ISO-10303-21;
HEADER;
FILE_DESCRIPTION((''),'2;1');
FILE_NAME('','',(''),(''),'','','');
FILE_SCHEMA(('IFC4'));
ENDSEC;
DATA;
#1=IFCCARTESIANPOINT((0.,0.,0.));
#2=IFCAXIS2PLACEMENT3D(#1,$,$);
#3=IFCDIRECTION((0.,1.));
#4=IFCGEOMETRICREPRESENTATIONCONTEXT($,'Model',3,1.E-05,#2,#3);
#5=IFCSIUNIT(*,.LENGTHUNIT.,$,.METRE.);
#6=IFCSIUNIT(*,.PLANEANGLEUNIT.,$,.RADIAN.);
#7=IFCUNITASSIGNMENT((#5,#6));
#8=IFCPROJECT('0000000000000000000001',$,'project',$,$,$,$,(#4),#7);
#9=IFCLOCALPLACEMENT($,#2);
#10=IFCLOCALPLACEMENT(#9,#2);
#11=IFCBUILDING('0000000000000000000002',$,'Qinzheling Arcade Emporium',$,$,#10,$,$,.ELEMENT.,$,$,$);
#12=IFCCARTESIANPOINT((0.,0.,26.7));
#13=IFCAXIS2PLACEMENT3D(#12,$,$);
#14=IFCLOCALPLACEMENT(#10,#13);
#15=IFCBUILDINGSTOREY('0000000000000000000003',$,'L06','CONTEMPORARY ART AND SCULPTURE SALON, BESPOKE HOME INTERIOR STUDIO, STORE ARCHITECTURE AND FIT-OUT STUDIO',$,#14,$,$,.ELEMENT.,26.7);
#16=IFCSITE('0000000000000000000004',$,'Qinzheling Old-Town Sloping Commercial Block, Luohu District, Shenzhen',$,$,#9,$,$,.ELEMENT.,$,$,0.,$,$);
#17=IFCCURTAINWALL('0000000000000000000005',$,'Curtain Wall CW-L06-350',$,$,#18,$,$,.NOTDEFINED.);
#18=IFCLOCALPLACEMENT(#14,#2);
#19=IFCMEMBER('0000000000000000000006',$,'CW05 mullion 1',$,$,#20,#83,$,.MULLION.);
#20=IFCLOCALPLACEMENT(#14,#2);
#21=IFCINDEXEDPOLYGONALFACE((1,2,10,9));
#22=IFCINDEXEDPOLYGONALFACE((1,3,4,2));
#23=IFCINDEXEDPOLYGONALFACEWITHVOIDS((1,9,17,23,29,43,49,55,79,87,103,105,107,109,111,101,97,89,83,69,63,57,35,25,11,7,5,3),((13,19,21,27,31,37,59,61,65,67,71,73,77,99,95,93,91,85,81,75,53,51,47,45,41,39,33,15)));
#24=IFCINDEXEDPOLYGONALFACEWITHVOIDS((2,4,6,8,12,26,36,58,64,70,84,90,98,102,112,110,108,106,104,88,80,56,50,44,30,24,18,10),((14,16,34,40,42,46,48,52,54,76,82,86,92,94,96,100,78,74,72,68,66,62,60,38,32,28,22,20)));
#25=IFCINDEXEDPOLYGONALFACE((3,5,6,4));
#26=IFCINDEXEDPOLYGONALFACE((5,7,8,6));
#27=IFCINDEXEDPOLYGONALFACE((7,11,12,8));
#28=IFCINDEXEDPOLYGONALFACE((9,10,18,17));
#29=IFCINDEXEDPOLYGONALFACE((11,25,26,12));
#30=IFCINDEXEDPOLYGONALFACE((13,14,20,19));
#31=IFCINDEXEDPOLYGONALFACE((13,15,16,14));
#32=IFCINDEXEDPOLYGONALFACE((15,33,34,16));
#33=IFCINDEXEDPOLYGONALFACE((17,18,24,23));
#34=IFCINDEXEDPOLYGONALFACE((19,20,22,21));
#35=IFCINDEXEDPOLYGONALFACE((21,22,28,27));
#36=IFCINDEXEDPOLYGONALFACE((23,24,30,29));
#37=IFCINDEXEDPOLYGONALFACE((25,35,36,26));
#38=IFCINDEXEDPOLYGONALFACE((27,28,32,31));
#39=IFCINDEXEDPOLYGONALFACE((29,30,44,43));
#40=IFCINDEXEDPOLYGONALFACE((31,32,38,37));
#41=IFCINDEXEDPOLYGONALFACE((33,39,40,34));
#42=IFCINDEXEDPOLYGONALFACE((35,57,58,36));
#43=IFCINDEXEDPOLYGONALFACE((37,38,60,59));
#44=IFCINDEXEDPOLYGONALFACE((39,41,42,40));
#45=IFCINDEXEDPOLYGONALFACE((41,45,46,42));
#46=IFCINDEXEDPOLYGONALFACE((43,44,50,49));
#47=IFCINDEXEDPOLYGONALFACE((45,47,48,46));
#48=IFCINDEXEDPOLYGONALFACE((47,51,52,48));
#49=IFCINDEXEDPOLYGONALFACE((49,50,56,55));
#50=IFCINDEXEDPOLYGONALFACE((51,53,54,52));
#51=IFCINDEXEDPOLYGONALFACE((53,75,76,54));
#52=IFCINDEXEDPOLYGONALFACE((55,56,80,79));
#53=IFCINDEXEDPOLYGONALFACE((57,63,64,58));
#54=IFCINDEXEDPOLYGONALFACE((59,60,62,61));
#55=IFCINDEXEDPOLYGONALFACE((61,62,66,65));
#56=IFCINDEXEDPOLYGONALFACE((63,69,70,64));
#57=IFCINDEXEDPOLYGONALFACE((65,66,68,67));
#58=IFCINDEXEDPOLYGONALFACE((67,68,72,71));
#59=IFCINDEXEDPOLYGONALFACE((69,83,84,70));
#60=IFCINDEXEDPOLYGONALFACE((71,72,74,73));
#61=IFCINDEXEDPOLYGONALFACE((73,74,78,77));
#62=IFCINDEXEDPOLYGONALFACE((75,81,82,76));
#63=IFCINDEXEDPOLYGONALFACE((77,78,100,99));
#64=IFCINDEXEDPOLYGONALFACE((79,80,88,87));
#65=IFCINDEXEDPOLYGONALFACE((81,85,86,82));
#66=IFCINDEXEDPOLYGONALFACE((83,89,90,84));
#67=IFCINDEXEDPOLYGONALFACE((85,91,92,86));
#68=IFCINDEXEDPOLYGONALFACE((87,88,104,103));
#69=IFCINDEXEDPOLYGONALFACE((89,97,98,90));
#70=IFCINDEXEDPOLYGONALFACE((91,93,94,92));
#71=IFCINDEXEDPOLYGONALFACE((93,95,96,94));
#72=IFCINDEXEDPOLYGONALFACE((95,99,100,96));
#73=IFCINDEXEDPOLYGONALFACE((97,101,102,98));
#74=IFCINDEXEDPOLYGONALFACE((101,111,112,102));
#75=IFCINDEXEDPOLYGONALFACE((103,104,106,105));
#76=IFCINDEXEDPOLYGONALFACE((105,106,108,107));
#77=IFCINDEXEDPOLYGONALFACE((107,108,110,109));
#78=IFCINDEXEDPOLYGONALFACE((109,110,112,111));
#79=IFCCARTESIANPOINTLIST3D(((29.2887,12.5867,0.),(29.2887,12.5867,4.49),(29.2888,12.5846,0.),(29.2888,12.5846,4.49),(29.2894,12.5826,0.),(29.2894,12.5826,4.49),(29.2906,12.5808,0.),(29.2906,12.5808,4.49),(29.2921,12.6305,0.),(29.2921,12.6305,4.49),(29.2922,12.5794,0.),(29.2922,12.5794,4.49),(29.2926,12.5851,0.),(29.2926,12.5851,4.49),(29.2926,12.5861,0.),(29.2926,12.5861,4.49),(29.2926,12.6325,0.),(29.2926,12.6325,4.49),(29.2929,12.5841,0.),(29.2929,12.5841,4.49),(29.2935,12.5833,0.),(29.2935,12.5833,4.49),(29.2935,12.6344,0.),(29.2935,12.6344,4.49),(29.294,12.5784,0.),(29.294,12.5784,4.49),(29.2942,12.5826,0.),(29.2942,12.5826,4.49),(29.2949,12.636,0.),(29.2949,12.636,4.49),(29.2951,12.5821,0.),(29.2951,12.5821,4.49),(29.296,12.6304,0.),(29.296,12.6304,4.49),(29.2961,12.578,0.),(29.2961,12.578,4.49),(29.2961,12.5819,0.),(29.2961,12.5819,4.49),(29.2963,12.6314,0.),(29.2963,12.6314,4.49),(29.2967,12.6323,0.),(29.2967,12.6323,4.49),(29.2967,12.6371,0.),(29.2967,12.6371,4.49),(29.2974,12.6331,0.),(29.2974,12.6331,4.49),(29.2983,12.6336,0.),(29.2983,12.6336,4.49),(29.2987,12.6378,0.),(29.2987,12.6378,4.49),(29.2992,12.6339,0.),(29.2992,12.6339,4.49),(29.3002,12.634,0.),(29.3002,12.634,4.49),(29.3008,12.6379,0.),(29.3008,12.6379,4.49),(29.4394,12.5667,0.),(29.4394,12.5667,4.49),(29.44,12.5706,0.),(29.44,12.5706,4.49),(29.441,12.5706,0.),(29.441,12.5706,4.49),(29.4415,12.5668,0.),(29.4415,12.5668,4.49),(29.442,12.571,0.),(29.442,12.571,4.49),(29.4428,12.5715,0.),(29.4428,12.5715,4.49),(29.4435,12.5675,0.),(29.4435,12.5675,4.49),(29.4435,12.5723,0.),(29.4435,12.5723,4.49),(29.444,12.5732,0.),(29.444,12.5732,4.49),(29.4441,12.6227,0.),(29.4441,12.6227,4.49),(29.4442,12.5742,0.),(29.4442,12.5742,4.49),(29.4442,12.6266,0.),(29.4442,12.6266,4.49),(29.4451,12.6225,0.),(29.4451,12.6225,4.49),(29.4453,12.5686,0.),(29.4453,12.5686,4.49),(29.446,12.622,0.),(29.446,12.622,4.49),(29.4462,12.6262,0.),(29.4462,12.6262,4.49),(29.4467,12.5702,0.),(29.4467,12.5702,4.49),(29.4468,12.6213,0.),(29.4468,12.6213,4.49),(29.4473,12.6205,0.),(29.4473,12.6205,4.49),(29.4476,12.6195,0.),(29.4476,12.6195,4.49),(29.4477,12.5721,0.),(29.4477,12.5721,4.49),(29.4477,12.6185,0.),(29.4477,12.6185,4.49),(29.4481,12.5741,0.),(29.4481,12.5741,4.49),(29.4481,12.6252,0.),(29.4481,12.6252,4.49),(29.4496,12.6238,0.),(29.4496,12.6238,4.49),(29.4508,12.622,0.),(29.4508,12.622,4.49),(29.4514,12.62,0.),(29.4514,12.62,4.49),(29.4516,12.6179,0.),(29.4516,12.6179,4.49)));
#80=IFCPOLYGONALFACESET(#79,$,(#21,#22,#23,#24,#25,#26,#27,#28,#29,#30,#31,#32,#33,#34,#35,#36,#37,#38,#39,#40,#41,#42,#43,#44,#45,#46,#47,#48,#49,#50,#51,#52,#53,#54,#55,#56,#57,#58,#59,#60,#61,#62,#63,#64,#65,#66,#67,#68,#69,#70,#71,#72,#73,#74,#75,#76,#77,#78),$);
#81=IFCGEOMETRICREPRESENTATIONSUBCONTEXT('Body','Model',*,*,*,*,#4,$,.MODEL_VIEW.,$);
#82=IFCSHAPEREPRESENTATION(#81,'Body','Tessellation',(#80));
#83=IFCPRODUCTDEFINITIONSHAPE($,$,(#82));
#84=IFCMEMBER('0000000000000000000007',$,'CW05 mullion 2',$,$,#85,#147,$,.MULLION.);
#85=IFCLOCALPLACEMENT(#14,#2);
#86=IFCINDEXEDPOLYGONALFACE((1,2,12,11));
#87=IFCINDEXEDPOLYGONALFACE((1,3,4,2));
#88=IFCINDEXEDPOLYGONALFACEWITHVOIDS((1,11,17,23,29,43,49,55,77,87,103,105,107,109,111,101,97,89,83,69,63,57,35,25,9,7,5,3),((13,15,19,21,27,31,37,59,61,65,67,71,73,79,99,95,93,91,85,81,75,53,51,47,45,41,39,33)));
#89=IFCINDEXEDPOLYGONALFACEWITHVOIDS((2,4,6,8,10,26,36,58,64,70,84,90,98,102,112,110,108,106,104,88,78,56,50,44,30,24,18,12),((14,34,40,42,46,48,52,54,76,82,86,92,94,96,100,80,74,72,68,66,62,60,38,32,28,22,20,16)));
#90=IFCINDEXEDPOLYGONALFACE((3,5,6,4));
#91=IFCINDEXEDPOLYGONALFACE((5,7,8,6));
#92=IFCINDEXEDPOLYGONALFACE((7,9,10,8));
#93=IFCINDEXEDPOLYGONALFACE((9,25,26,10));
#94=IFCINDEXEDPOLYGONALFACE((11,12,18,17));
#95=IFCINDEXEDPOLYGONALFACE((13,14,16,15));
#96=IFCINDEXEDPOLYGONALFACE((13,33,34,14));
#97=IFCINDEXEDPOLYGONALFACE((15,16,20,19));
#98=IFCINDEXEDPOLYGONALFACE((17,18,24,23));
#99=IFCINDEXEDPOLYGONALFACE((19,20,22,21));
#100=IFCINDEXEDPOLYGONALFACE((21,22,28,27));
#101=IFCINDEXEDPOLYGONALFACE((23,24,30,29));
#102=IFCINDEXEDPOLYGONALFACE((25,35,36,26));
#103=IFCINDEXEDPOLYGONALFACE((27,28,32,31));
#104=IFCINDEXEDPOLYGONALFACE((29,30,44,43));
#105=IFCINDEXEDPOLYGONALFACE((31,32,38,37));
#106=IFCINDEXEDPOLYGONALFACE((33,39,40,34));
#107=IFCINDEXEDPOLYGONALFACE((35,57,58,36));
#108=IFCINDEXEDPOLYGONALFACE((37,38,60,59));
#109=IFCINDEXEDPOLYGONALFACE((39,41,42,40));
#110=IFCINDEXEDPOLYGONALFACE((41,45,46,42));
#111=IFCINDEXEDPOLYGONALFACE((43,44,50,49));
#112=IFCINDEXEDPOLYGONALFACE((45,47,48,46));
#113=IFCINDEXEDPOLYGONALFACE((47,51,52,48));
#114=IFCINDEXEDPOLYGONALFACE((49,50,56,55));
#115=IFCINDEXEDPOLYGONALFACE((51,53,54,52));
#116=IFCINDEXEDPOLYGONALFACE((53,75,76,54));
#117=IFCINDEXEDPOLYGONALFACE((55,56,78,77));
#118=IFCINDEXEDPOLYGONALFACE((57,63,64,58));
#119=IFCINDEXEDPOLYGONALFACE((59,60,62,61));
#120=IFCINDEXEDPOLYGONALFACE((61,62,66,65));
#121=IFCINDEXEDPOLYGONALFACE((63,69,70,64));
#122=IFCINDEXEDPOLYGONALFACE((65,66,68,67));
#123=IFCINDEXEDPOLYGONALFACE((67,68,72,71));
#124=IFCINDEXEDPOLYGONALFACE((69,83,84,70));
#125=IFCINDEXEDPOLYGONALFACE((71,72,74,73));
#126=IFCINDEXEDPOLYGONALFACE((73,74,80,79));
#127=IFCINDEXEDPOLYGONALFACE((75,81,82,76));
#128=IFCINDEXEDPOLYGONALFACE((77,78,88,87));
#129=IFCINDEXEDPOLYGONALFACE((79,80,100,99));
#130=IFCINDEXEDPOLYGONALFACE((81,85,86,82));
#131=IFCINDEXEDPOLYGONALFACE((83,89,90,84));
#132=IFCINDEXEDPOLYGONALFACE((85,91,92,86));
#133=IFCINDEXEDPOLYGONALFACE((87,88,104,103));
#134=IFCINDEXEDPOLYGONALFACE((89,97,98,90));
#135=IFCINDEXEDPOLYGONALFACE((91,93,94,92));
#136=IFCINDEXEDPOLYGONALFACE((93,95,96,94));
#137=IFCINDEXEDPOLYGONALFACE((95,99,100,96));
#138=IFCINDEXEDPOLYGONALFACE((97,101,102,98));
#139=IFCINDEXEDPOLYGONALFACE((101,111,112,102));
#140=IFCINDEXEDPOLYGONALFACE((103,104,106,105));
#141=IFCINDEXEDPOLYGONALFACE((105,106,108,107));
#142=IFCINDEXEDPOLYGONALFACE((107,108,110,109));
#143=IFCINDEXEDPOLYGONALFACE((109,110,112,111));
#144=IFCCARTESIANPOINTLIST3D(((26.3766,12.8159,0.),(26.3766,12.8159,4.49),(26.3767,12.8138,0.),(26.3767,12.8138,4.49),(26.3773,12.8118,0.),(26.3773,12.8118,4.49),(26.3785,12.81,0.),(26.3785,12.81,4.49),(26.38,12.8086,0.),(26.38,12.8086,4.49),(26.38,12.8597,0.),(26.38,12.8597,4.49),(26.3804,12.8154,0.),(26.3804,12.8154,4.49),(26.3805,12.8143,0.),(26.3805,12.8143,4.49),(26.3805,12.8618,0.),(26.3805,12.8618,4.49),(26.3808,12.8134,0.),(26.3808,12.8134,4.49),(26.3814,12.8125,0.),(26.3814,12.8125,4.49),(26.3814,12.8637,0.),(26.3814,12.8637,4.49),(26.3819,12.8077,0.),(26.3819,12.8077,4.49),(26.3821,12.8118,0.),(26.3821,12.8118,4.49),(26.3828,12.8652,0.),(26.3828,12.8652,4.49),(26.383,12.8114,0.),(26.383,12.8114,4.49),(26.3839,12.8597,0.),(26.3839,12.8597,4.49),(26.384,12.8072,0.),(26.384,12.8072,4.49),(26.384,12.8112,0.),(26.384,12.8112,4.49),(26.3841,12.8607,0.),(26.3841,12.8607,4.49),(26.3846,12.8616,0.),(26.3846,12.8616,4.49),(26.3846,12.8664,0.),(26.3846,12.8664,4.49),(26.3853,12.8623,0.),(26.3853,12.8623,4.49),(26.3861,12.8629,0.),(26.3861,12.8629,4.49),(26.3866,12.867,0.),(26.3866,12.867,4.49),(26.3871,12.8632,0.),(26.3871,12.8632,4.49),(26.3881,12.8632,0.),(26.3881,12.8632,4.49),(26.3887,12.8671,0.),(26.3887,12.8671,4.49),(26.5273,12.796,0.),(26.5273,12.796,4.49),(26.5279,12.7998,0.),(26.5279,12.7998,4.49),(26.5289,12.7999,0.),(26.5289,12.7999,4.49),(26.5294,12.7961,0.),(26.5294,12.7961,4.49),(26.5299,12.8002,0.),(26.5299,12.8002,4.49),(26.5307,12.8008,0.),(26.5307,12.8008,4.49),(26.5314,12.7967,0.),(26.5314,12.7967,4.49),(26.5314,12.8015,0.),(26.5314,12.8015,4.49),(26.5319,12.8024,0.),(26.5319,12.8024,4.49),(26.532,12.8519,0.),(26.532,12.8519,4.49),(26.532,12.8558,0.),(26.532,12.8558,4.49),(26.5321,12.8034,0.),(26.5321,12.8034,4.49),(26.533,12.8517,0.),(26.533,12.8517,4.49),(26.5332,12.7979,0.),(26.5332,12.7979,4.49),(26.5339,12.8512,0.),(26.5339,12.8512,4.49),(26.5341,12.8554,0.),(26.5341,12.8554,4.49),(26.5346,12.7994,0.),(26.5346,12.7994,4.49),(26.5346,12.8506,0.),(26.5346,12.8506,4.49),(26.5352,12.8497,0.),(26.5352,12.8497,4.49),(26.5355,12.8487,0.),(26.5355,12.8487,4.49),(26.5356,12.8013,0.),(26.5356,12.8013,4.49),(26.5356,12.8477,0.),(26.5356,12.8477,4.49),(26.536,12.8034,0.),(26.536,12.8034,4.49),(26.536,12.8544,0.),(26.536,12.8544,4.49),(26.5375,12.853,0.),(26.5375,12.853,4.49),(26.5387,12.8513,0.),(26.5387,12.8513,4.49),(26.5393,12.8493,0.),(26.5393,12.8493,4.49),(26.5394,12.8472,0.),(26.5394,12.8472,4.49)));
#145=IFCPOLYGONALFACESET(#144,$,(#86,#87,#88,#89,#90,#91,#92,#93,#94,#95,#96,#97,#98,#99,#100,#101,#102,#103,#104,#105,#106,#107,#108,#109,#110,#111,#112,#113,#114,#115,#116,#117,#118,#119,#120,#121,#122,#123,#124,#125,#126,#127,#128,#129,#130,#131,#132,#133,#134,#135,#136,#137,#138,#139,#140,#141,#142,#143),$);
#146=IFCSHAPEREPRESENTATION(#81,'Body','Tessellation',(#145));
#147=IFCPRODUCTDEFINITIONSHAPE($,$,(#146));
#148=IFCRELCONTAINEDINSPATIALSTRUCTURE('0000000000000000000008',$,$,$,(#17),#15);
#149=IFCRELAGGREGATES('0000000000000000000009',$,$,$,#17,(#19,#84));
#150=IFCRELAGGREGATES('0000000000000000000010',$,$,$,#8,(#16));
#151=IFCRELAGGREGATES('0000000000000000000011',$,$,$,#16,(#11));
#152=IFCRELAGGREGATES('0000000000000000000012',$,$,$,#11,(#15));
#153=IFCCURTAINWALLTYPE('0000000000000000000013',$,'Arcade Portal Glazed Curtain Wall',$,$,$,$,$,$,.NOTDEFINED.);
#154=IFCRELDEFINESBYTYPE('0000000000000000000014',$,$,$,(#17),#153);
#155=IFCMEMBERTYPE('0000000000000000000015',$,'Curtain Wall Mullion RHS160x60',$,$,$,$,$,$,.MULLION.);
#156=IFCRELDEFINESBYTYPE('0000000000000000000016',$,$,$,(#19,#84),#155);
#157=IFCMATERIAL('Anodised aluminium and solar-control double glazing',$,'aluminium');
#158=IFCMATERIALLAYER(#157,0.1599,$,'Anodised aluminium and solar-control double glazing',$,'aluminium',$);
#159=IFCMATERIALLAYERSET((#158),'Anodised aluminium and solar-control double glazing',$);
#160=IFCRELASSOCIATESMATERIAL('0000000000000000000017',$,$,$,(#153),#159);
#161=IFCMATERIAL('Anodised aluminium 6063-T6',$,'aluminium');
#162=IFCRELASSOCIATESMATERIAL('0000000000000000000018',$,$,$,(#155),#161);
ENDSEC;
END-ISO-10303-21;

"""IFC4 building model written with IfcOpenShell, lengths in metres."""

from ifc_helpers import new_model, si_unit, direction, frame, origin, origin_2d, place, context, subcontext, project, spatial, hollow_rectangle, extrude, material, layer, layer_set, material_profile, profile_set, type_object, element, aggregate, save


model = new_model("IFC4")

# Units and contexts
model_context = context("Model", 3, precision=1e-05, world=origin(), true_north=direction((0.0, 1.0)))
body_context = subcontext(model_context, "Body", "Model", "MODEL_VIEW")
ifc_project = project(units=[si_unit("LENGTHUNIT", "METRE"), si_unit("PLANEANGLEUNIT", "RADIAN")], contexts=[model_context])

# Site, building, storey
site_placement = place(None, origin())
site = spatial("IfcSite", under=ifc_project, at=site_placement, Name="Qinzheling Old-Town Sloping Commercial Block, Luohu District, Shenzhen", CompositionType="ELEMENT", RefElevation=0.0)
building_placement = place(site_placement, origin())
building = spatial("IfcBuilding", under=site, at=building_placement, Name="Qinzheling Arcade Emporium", CompositionType="ELEMENT")
storey_placement = place(building_placement, frame((0.0, 0.0, 26.7)))
storey = spatial("IfcBuildingStorey", under=building, at=storey_placement, Name="L06", Description="CONTEMPORARY ART AND SCULPTURE SALON, BESPOKE HOME INTERIOR STUDIO, STORE ARCHITECTURE AND FIT-OUT STUDIO", CompositionType="ELEMENT", Elevation=26.7)

# Curtain wall, members
ifc_material_1 = material(Name="Anodised aluminium and solar-control double glazing", Category="aluminium")
ifc_layer_1 = layer(ifc_material_1, 0.1599, Name="Anodised aluminium and solar-control double glazing", Category="aluminium")
ifc_layer_set_1 = layer_set([ifc_layer_1], Name="Anodised aluminium and solar-control double glazing")
curtain_wall_type_1 = type_object("IfcCurtainWallType", Name="Arcade Portal Glazed Curtain Wall", PredefinedType="NOTDEFINED", material=ifc_layer_set_1)
ifc_material_2 = material(Name="Anodised aluminium 6063-T6", Category="aluminium")
ifc_material_profile_1 = material_profile(ifc_material_2, hollow_rectangle(XDim=0.0601, YDim=0.1599, WallThickness=0.0039, InnerFilletRadius=0.0039, OuterFilletRadius=0.0081, at=origin_2d()), Name="RHS 160x60x4", Category="aluminium")
ifc_profile_set_1 = profile_set([ifc_material_profile_1], Name="Anodised aluminium 6063-T6")
member_type_1 = type_object("IfcMemberType", Name="Curtain Wall Mullion RHS160x60", PredefinedType="MULLION", material=ifc_profile_set_1)
curtain_wall_1_placement = place(storey_placement, origin())
curtain_wall_1 = element("IfcCurtainWall", 1, at=curtain_wall_1_placement, inside=storey, type_object=curtain_wall_type_1, Name="Curtain Wall CW-L06-350", PredefinedType="NOTDEFINED")
member_1_placement = place(storey_placement, frame((29.3701, 12.6023, 0.0), z_axis=(0.0, 0.0, 1.0), x_axis=(-0.078492, -0.996915, 0.0)))
member_1 = element("IfcMember", 2, at=member_1_placement, type_object=member_type_1, Name="CW05 mullion 1", PredefinedType="MULLION", context=body_context, shape_type="SweptSolid", body=[
    extrude(hollow_rectangle(XDim=0.0601, YDim=0.1599, WallThickness=0.0039, InnerFilletRadius=0.0039, OuterFilletRadius=0.0081, at=origin_2d()), origin(), (0.0, 0.0, 1.0), 4.49),
])
member_2_placement = place(storey_placement, frame((26.458, 12.8315, 0.0), z_axis=(0.0, 0.0, 1.0), x_axis=(-0.078492, -0.996915, 0.0)))
member_2 = element("IfcMember", 3, at=member_2_placement, type_object=member_type_1, Name="CW05 mullion 2", PredefinedType="MULLION", context=body_context, shape_type="SweptSolid", body=[
    extrude(hollow_rectangle(XDim=0.0601, YDim=0.1599, WallThickness=0.0039, InnerFilletRadius=0.0039, OuterFilletRadius=0.0081, at=origin_2d()), origin(), (0.0, 0.0, 1.0), 4.49),
])

aggregate(curtain_wall_1, [member_1, member_2])

save(model, "model.ifc")
